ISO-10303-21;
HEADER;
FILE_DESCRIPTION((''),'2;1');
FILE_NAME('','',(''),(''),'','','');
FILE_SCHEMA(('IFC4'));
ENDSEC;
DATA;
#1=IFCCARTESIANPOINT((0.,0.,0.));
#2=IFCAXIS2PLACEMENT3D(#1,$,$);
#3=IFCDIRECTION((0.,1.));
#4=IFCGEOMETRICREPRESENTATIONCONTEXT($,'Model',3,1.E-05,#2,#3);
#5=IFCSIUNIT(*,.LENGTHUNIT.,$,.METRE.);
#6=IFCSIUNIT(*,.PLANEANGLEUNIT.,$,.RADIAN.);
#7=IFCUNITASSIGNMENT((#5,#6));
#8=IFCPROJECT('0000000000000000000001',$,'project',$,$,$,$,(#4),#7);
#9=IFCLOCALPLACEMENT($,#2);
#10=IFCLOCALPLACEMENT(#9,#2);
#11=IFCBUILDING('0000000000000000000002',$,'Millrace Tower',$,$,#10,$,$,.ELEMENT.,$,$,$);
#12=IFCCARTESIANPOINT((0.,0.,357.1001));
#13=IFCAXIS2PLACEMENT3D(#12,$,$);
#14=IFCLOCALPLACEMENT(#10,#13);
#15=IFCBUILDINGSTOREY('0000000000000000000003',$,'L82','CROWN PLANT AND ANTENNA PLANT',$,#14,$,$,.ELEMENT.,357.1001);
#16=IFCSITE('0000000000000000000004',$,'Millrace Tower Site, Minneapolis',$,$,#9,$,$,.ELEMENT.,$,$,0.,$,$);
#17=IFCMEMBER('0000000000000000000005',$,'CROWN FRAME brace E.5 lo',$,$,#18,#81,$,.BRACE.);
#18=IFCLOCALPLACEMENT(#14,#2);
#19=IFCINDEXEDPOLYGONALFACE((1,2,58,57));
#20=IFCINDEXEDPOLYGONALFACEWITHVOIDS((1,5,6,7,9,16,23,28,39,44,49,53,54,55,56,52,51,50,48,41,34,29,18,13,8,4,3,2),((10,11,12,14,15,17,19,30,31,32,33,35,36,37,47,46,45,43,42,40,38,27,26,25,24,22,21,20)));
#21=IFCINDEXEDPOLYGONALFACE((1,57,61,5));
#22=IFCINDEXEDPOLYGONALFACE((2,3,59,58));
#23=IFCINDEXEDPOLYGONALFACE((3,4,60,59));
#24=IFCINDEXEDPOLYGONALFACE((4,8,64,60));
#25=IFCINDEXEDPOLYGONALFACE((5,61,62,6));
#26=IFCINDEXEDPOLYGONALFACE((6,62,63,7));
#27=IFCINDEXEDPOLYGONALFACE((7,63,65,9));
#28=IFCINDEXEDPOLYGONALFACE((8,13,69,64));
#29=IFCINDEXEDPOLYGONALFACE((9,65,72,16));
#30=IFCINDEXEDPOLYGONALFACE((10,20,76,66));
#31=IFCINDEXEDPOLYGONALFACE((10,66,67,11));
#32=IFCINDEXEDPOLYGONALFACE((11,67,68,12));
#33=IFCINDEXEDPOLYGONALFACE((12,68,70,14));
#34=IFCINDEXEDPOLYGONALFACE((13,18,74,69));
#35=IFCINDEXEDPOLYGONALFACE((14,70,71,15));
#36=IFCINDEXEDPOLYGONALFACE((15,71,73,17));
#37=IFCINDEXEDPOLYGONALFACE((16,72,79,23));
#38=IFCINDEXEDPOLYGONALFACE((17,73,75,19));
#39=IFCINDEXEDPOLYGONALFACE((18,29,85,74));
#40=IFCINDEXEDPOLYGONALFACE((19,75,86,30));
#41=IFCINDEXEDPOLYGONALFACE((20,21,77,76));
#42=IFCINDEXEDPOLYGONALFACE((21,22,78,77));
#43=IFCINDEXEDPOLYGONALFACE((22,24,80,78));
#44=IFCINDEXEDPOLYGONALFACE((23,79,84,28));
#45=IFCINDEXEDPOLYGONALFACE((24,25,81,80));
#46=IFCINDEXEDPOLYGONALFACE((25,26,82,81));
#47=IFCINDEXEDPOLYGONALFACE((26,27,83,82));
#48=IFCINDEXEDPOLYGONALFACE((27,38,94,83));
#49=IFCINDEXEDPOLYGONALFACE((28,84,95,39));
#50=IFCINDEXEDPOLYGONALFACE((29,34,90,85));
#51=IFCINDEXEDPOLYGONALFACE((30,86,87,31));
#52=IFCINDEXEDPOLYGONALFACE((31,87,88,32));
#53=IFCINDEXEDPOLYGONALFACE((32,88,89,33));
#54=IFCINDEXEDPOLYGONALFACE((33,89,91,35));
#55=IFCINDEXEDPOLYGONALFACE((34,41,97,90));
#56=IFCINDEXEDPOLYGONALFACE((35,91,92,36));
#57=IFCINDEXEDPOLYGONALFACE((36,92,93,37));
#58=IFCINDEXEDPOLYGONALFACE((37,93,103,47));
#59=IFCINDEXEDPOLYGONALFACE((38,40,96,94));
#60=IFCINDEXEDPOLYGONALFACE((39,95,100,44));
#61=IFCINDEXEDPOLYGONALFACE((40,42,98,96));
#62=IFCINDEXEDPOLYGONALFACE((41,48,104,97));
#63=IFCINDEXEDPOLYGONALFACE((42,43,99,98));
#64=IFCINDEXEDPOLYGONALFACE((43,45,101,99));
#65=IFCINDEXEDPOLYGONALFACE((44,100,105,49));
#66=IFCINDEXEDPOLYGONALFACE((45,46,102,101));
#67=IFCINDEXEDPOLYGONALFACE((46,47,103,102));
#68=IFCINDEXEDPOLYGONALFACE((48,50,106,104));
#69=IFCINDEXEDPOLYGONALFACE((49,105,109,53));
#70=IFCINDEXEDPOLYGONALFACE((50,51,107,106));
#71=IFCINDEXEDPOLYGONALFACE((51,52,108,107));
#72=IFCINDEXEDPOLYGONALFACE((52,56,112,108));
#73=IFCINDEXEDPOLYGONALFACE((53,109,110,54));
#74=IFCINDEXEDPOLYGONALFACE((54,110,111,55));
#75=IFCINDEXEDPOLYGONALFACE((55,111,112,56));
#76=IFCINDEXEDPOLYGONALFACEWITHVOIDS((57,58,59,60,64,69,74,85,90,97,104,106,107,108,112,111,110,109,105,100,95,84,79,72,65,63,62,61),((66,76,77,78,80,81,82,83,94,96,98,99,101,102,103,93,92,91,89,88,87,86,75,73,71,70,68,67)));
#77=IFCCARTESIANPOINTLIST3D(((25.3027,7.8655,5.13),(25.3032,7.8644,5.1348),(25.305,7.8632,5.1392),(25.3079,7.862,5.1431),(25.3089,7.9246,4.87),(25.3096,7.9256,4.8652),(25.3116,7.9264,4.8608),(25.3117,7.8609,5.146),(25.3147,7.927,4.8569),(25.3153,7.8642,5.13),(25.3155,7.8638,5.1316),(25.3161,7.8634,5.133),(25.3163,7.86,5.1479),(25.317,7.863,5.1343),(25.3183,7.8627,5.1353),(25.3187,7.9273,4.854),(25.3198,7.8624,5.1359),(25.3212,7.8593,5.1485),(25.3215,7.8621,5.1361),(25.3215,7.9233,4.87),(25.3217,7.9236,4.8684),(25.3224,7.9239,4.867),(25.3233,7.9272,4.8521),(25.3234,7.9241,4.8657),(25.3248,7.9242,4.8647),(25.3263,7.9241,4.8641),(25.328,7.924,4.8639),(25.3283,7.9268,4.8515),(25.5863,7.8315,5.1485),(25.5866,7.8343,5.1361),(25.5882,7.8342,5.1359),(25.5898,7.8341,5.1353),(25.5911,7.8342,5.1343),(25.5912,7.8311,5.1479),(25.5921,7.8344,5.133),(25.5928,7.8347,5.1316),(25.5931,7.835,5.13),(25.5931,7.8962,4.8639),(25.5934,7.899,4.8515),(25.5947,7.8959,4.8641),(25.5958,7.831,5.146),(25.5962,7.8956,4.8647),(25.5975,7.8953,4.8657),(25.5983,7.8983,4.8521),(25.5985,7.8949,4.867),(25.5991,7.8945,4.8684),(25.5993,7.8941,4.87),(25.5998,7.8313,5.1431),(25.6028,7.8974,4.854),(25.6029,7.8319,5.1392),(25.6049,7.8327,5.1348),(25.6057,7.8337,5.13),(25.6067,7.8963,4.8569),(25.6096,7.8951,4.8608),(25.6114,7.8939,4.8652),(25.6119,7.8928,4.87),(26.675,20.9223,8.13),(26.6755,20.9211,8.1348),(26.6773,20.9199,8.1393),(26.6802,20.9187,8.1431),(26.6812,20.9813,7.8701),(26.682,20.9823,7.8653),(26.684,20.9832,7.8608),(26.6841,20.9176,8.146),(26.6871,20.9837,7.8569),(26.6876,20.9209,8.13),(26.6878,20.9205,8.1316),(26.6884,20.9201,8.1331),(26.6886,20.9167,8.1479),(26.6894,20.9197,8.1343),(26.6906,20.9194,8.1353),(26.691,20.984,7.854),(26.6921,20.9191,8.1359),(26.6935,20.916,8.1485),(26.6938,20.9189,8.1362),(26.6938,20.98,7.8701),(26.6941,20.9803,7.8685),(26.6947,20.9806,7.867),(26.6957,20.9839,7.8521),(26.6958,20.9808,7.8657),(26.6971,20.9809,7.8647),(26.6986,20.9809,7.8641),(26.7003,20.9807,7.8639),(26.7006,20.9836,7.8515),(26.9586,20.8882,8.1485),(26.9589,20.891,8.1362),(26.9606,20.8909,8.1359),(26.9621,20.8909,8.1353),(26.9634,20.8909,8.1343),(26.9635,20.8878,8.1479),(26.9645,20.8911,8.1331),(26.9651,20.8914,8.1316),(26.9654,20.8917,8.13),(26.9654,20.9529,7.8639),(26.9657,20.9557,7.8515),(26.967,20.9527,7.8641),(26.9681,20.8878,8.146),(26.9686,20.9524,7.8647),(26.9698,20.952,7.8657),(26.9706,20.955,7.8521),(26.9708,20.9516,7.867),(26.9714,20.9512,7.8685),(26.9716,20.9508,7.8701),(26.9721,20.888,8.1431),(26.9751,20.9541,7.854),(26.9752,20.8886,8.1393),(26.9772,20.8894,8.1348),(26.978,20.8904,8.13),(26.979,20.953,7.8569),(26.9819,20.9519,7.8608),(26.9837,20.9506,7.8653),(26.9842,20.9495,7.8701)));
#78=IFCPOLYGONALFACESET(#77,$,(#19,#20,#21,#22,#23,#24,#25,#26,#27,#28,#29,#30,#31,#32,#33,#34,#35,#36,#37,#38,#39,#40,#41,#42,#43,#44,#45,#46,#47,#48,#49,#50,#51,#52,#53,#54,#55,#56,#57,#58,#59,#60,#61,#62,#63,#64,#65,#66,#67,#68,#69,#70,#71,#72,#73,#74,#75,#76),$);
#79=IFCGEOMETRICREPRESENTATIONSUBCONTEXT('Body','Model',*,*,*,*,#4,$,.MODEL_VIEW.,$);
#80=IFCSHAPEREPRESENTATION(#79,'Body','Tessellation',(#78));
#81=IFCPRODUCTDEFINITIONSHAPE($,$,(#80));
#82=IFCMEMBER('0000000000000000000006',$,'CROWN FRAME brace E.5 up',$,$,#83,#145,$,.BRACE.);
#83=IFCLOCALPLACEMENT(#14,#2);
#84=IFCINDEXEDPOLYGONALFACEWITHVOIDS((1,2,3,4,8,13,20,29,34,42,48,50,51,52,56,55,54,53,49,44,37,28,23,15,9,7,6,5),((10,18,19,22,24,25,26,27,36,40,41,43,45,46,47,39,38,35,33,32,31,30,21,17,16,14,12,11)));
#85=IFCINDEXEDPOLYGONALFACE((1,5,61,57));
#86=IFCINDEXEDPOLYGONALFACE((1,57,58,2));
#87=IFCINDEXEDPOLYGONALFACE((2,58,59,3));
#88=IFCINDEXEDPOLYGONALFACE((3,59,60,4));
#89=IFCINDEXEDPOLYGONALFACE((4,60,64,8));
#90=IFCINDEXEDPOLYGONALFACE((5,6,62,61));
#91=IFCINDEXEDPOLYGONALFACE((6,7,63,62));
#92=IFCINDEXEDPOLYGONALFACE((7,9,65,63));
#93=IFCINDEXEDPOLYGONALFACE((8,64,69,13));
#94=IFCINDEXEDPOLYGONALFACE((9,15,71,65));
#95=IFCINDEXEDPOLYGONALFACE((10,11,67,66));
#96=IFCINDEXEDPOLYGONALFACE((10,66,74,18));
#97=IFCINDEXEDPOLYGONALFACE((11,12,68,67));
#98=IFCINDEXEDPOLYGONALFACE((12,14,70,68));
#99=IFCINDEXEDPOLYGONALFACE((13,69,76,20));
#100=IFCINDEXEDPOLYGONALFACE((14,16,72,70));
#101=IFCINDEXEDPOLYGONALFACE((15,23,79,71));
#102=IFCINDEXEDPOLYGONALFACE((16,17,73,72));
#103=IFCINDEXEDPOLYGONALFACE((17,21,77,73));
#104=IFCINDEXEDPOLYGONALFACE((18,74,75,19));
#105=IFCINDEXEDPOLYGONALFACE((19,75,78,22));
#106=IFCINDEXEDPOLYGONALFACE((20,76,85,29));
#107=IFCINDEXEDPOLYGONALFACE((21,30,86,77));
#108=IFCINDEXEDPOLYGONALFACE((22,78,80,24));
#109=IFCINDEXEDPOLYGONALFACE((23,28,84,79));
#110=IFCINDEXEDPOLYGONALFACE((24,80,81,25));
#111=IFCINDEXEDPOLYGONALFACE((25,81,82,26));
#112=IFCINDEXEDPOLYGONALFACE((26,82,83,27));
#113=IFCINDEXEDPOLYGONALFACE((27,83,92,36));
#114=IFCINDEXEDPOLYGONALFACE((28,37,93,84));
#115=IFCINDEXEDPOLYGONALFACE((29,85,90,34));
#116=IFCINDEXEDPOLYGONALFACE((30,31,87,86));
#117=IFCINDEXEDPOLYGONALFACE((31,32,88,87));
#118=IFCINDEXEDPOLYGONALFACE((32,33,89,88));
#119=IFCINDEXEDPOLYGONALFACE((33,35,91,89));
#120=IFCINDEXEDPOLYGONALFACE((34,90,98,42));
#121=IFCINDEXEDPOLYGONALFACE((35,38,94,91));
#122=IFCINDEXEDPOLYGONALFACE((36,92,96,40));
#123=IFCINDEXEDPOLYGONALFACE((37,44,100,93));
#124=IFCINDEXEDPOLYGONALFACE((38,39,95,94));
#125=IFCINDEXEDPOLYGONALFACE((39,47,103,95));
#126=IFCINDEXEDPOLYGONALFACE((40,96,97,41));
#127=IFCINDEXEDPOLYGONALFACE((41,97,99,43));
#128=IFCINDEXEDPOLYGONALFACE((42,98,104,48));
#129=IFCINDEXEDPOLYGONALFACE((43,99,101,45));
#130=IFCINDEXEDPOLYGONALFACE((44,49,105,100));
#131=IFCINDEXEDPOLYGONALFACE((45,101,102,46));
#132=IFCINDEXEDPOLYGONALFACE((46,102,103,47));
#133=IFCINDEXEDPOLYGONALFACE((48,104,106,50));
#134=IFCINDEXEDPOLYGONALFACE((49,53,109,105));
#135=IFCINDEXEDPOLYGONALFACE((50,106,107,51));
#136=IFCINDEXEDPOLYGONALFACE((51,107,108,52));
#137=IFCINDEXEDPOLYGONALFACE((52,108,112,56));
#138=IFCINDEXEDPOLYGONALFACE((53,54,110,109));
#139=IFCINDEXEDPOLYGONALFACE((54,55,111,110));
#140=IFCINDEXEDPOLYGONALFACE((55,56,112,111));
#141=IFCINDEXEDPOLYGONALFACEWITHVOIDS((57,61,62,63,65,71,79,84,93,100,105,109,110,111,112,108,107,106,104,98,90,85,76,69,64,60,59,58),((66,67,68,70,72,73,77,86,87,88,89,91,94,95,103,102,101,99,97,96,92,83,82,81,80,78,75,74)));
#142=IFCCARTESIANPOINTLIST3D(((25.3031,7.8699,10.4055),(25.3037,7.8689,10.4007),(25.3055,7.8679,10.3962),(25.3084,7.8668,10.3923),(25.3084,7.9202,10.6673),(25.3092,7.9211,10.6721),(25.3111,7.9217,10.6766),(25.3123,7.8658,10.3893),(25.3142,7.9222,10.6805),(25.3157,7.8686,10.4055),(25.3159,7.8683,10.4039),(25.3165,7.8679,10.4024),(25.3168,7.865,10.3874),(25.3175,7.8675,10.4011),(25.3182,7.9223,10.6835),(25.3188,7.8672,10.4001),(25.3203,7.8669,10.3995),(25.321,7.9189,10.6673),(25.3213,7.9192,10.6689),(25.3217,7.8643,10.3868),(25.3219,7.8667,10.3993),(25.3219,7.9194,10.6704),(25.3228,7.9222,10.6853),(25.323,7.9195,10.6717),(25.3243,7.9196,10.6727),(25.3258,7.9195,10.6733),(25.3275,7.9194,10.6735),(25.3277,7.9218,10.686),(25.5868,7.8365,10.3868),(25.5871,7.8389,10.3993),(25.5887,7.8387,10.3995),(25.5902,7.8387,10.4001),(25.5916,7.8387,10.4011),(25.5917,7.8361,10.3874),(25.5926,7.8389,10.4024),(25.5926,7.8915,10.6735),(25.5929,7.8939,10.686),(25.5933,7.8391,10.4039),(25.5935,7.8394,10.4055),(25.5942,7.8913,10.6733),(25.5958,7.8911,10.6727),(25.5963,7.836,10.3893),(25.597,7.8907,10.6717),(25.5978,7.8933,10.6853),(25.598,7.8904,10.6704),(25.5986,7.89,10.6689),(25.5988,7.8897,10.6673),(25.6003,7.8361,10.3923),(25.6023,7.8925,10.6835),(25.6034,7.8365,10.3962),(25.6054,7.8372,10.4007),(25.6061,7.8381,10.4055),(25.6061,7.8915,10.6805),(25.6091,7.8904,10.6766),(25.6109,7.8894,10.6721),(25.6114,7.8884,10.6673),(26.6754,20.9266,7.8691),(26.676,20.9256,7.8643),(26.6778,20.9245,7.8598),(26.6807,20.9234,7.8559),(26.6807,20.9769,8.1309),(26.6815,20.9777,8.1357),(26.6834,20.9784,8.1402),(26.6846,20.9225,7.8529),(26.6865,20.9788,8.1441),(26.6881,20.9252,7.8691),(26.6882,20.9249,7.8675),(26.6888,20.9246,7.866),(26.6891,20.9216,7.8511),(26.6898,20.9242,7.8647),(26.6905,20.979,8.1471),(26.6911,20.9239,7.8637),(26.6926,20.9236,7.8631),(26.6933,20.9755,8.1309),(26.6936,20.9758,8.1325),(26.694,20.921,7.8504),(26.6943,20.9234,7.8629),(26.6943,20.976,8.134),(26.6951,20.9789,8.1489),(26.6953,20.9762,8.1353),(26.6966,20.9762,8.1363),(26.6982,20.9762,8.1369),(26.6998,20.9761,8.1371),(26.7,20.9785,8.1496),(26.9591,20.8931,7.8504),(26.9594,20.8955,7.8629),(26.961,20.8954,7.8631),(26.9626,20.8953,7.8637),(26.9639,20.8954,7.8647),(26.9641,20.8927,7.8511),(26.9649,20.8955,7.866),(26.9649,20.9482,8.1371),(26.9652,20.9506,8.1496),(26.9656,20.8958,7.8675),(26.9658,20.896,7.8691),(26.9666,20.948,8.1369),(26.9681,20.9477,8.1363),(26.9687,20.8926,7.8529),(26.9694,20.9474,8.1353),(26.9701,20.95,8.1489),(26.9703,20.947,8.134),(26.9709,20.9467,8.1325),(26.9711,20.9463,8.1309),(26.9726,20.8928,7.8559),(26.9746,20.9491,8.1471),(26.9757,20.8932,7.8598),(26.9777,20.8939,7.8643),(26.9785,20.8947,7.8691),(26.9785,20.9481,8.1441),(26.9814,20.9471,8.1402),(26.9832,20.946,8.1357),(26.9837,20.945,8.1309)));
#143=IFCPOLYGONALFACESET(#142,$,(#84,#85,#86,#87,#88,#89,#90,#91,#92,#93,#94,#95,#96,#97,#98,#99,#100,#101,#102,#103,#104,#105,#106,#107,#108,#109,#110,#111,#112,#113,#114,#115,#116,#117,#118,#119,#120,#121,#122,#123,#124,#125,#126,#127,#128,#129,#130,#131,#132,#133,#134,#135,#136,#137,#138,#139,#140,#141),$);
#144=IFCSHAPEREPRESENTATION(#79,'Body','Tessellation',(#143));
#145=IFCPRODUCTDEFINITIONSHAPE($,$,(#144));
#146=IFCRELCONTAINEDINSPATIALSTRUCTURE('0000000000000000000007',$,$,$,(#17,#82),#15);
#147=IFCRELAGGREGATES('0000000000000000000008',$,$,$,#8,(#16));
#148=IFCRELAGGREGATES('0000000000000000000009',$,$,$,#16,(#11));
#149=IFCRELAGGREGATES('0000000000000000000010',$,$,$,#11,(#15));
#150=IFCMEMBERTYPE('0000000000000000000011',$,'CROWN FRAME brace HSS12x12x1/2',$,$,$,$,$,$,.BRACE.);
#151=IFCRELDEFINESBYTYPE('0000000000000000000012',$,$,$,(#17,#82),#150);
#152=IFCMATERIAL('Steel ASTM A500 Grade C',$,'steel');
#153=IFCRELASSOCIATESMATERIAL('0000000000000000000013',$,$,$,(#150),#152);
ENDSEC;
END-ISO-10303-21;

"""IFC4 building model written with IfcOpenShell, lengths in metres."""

from ifc_helpers import new_model, si_unit, direction, frame, origin, origin_2d, place, context, subcontext, project, spatial, hollow_rectangle, extrude, material, material_profile, profile_set, type_object, element, save


model = new_model("IFC4")

# Units and contexts
model_context = context("Model", 3, precision=1e-05, world=origin(), true_north=direction((0.0, 1.0)))
body_context = subcontext(model_context, "Body", "Model", "MODEL_VIEW")
ifc_project = project(units=[si_unit("LENGTHUNIT", "METRE"), si_unit("PLANEANGLEUNIT", "RADIAN")], contexts=[model_context])

# Site, building, storey
site_placement = place(None, origin())
site = spatial("IfcSite", under=ifc_project, at=site_placement, Name="Millrace Tower Site, Minneapolis", CompositionType="ELEMENT", RefElevation=0.0)
building_placement = place(site_placement, origin())
building = spatial("IfcBuilding", under=site, at=building_placement, Name="Millrace Tower", CompositionType="ELEMENT")
storey_placement = place(building_placement, frame((0.0, 0.0, 357.1001)))
storey = spatial("IfcBuildingStorey", under=building, at=storey_placement, Name="L82", Description="CROWN PLANT AND ANTENNA PLANT", CompositionType="ELEMENT", Elevation=357.1001)

# Members
ifc_material_1 = material(Name="Steel ASTM A500 Grade C", Category="steel")
ifc_material_profile_1 = material_profile(ifc_material_1, hollow_rectangle(XDim=0.3047, YDim=0.3047, WallThickness=0.0127, InnerFilletRadius=0.0063, OuterFilletRadius=0.019, at=origin_2d()))
ifc_profile_set_1 = profile_set([ifc_material_profile_1], Name="Steel ASTM A500 Grade C")
member_type_1 = type_object("IfcMemberType", Name="CROWN FRAME brace HSS12x12x1/2", PredefinedType="BRACE", material=ifc_profile_set_1)
member_1_placement = place(storey_placement, frame((25.4573, 7.8792, 5.0), z_axis=(0.101902, 0.969531, 0.222767), x_axis=(-0.994522, 0.104529, 0.0)))
element("IfcMember", 1, at=member_1_placement, inside=storey, type_object=member_type_1, Name="CROWN FRAME brace E.5 lo", PredefinedType="BRACE", context=body_context, shape_type="SweptSolid", body=[
    extrude(hollow_rectangle(XDim=0.3047, YDim=0.3047, WallThickness=0.0127, InnerFilletRadius=0.0063, OuterFilletRadius=0.019, at=origin_2d()), origin(), (0.0, 0.0, 1.0), 13.467),
])
member_2_placement = place(storey_placement, frame((26.8296, 20.9358, 8.0), z_axis=(-0.102631, -0.976466, 0.189688), x_axis=(0.994522, -0.104529, 0.0)))
element("IfcMember", 2, at=member_2_placement, inside=storey, type_object=member_type_1, Name="CROWN FRAME brace E.5 up", PredefinedType="BRACE", context=body_context, shape_type="SweptSolid", body=[
    extrude(hollow_rectangle(XDim=0.3047, YDim=0.3047, WallThickness=0.0127, InnerFilletRadius=0.0063, OuterFilletRadius=0.019, at=origin_2d()), origin(), (0.0, 0.0, 1.0), 13.3713),
])

save(model, "model.ifc")
